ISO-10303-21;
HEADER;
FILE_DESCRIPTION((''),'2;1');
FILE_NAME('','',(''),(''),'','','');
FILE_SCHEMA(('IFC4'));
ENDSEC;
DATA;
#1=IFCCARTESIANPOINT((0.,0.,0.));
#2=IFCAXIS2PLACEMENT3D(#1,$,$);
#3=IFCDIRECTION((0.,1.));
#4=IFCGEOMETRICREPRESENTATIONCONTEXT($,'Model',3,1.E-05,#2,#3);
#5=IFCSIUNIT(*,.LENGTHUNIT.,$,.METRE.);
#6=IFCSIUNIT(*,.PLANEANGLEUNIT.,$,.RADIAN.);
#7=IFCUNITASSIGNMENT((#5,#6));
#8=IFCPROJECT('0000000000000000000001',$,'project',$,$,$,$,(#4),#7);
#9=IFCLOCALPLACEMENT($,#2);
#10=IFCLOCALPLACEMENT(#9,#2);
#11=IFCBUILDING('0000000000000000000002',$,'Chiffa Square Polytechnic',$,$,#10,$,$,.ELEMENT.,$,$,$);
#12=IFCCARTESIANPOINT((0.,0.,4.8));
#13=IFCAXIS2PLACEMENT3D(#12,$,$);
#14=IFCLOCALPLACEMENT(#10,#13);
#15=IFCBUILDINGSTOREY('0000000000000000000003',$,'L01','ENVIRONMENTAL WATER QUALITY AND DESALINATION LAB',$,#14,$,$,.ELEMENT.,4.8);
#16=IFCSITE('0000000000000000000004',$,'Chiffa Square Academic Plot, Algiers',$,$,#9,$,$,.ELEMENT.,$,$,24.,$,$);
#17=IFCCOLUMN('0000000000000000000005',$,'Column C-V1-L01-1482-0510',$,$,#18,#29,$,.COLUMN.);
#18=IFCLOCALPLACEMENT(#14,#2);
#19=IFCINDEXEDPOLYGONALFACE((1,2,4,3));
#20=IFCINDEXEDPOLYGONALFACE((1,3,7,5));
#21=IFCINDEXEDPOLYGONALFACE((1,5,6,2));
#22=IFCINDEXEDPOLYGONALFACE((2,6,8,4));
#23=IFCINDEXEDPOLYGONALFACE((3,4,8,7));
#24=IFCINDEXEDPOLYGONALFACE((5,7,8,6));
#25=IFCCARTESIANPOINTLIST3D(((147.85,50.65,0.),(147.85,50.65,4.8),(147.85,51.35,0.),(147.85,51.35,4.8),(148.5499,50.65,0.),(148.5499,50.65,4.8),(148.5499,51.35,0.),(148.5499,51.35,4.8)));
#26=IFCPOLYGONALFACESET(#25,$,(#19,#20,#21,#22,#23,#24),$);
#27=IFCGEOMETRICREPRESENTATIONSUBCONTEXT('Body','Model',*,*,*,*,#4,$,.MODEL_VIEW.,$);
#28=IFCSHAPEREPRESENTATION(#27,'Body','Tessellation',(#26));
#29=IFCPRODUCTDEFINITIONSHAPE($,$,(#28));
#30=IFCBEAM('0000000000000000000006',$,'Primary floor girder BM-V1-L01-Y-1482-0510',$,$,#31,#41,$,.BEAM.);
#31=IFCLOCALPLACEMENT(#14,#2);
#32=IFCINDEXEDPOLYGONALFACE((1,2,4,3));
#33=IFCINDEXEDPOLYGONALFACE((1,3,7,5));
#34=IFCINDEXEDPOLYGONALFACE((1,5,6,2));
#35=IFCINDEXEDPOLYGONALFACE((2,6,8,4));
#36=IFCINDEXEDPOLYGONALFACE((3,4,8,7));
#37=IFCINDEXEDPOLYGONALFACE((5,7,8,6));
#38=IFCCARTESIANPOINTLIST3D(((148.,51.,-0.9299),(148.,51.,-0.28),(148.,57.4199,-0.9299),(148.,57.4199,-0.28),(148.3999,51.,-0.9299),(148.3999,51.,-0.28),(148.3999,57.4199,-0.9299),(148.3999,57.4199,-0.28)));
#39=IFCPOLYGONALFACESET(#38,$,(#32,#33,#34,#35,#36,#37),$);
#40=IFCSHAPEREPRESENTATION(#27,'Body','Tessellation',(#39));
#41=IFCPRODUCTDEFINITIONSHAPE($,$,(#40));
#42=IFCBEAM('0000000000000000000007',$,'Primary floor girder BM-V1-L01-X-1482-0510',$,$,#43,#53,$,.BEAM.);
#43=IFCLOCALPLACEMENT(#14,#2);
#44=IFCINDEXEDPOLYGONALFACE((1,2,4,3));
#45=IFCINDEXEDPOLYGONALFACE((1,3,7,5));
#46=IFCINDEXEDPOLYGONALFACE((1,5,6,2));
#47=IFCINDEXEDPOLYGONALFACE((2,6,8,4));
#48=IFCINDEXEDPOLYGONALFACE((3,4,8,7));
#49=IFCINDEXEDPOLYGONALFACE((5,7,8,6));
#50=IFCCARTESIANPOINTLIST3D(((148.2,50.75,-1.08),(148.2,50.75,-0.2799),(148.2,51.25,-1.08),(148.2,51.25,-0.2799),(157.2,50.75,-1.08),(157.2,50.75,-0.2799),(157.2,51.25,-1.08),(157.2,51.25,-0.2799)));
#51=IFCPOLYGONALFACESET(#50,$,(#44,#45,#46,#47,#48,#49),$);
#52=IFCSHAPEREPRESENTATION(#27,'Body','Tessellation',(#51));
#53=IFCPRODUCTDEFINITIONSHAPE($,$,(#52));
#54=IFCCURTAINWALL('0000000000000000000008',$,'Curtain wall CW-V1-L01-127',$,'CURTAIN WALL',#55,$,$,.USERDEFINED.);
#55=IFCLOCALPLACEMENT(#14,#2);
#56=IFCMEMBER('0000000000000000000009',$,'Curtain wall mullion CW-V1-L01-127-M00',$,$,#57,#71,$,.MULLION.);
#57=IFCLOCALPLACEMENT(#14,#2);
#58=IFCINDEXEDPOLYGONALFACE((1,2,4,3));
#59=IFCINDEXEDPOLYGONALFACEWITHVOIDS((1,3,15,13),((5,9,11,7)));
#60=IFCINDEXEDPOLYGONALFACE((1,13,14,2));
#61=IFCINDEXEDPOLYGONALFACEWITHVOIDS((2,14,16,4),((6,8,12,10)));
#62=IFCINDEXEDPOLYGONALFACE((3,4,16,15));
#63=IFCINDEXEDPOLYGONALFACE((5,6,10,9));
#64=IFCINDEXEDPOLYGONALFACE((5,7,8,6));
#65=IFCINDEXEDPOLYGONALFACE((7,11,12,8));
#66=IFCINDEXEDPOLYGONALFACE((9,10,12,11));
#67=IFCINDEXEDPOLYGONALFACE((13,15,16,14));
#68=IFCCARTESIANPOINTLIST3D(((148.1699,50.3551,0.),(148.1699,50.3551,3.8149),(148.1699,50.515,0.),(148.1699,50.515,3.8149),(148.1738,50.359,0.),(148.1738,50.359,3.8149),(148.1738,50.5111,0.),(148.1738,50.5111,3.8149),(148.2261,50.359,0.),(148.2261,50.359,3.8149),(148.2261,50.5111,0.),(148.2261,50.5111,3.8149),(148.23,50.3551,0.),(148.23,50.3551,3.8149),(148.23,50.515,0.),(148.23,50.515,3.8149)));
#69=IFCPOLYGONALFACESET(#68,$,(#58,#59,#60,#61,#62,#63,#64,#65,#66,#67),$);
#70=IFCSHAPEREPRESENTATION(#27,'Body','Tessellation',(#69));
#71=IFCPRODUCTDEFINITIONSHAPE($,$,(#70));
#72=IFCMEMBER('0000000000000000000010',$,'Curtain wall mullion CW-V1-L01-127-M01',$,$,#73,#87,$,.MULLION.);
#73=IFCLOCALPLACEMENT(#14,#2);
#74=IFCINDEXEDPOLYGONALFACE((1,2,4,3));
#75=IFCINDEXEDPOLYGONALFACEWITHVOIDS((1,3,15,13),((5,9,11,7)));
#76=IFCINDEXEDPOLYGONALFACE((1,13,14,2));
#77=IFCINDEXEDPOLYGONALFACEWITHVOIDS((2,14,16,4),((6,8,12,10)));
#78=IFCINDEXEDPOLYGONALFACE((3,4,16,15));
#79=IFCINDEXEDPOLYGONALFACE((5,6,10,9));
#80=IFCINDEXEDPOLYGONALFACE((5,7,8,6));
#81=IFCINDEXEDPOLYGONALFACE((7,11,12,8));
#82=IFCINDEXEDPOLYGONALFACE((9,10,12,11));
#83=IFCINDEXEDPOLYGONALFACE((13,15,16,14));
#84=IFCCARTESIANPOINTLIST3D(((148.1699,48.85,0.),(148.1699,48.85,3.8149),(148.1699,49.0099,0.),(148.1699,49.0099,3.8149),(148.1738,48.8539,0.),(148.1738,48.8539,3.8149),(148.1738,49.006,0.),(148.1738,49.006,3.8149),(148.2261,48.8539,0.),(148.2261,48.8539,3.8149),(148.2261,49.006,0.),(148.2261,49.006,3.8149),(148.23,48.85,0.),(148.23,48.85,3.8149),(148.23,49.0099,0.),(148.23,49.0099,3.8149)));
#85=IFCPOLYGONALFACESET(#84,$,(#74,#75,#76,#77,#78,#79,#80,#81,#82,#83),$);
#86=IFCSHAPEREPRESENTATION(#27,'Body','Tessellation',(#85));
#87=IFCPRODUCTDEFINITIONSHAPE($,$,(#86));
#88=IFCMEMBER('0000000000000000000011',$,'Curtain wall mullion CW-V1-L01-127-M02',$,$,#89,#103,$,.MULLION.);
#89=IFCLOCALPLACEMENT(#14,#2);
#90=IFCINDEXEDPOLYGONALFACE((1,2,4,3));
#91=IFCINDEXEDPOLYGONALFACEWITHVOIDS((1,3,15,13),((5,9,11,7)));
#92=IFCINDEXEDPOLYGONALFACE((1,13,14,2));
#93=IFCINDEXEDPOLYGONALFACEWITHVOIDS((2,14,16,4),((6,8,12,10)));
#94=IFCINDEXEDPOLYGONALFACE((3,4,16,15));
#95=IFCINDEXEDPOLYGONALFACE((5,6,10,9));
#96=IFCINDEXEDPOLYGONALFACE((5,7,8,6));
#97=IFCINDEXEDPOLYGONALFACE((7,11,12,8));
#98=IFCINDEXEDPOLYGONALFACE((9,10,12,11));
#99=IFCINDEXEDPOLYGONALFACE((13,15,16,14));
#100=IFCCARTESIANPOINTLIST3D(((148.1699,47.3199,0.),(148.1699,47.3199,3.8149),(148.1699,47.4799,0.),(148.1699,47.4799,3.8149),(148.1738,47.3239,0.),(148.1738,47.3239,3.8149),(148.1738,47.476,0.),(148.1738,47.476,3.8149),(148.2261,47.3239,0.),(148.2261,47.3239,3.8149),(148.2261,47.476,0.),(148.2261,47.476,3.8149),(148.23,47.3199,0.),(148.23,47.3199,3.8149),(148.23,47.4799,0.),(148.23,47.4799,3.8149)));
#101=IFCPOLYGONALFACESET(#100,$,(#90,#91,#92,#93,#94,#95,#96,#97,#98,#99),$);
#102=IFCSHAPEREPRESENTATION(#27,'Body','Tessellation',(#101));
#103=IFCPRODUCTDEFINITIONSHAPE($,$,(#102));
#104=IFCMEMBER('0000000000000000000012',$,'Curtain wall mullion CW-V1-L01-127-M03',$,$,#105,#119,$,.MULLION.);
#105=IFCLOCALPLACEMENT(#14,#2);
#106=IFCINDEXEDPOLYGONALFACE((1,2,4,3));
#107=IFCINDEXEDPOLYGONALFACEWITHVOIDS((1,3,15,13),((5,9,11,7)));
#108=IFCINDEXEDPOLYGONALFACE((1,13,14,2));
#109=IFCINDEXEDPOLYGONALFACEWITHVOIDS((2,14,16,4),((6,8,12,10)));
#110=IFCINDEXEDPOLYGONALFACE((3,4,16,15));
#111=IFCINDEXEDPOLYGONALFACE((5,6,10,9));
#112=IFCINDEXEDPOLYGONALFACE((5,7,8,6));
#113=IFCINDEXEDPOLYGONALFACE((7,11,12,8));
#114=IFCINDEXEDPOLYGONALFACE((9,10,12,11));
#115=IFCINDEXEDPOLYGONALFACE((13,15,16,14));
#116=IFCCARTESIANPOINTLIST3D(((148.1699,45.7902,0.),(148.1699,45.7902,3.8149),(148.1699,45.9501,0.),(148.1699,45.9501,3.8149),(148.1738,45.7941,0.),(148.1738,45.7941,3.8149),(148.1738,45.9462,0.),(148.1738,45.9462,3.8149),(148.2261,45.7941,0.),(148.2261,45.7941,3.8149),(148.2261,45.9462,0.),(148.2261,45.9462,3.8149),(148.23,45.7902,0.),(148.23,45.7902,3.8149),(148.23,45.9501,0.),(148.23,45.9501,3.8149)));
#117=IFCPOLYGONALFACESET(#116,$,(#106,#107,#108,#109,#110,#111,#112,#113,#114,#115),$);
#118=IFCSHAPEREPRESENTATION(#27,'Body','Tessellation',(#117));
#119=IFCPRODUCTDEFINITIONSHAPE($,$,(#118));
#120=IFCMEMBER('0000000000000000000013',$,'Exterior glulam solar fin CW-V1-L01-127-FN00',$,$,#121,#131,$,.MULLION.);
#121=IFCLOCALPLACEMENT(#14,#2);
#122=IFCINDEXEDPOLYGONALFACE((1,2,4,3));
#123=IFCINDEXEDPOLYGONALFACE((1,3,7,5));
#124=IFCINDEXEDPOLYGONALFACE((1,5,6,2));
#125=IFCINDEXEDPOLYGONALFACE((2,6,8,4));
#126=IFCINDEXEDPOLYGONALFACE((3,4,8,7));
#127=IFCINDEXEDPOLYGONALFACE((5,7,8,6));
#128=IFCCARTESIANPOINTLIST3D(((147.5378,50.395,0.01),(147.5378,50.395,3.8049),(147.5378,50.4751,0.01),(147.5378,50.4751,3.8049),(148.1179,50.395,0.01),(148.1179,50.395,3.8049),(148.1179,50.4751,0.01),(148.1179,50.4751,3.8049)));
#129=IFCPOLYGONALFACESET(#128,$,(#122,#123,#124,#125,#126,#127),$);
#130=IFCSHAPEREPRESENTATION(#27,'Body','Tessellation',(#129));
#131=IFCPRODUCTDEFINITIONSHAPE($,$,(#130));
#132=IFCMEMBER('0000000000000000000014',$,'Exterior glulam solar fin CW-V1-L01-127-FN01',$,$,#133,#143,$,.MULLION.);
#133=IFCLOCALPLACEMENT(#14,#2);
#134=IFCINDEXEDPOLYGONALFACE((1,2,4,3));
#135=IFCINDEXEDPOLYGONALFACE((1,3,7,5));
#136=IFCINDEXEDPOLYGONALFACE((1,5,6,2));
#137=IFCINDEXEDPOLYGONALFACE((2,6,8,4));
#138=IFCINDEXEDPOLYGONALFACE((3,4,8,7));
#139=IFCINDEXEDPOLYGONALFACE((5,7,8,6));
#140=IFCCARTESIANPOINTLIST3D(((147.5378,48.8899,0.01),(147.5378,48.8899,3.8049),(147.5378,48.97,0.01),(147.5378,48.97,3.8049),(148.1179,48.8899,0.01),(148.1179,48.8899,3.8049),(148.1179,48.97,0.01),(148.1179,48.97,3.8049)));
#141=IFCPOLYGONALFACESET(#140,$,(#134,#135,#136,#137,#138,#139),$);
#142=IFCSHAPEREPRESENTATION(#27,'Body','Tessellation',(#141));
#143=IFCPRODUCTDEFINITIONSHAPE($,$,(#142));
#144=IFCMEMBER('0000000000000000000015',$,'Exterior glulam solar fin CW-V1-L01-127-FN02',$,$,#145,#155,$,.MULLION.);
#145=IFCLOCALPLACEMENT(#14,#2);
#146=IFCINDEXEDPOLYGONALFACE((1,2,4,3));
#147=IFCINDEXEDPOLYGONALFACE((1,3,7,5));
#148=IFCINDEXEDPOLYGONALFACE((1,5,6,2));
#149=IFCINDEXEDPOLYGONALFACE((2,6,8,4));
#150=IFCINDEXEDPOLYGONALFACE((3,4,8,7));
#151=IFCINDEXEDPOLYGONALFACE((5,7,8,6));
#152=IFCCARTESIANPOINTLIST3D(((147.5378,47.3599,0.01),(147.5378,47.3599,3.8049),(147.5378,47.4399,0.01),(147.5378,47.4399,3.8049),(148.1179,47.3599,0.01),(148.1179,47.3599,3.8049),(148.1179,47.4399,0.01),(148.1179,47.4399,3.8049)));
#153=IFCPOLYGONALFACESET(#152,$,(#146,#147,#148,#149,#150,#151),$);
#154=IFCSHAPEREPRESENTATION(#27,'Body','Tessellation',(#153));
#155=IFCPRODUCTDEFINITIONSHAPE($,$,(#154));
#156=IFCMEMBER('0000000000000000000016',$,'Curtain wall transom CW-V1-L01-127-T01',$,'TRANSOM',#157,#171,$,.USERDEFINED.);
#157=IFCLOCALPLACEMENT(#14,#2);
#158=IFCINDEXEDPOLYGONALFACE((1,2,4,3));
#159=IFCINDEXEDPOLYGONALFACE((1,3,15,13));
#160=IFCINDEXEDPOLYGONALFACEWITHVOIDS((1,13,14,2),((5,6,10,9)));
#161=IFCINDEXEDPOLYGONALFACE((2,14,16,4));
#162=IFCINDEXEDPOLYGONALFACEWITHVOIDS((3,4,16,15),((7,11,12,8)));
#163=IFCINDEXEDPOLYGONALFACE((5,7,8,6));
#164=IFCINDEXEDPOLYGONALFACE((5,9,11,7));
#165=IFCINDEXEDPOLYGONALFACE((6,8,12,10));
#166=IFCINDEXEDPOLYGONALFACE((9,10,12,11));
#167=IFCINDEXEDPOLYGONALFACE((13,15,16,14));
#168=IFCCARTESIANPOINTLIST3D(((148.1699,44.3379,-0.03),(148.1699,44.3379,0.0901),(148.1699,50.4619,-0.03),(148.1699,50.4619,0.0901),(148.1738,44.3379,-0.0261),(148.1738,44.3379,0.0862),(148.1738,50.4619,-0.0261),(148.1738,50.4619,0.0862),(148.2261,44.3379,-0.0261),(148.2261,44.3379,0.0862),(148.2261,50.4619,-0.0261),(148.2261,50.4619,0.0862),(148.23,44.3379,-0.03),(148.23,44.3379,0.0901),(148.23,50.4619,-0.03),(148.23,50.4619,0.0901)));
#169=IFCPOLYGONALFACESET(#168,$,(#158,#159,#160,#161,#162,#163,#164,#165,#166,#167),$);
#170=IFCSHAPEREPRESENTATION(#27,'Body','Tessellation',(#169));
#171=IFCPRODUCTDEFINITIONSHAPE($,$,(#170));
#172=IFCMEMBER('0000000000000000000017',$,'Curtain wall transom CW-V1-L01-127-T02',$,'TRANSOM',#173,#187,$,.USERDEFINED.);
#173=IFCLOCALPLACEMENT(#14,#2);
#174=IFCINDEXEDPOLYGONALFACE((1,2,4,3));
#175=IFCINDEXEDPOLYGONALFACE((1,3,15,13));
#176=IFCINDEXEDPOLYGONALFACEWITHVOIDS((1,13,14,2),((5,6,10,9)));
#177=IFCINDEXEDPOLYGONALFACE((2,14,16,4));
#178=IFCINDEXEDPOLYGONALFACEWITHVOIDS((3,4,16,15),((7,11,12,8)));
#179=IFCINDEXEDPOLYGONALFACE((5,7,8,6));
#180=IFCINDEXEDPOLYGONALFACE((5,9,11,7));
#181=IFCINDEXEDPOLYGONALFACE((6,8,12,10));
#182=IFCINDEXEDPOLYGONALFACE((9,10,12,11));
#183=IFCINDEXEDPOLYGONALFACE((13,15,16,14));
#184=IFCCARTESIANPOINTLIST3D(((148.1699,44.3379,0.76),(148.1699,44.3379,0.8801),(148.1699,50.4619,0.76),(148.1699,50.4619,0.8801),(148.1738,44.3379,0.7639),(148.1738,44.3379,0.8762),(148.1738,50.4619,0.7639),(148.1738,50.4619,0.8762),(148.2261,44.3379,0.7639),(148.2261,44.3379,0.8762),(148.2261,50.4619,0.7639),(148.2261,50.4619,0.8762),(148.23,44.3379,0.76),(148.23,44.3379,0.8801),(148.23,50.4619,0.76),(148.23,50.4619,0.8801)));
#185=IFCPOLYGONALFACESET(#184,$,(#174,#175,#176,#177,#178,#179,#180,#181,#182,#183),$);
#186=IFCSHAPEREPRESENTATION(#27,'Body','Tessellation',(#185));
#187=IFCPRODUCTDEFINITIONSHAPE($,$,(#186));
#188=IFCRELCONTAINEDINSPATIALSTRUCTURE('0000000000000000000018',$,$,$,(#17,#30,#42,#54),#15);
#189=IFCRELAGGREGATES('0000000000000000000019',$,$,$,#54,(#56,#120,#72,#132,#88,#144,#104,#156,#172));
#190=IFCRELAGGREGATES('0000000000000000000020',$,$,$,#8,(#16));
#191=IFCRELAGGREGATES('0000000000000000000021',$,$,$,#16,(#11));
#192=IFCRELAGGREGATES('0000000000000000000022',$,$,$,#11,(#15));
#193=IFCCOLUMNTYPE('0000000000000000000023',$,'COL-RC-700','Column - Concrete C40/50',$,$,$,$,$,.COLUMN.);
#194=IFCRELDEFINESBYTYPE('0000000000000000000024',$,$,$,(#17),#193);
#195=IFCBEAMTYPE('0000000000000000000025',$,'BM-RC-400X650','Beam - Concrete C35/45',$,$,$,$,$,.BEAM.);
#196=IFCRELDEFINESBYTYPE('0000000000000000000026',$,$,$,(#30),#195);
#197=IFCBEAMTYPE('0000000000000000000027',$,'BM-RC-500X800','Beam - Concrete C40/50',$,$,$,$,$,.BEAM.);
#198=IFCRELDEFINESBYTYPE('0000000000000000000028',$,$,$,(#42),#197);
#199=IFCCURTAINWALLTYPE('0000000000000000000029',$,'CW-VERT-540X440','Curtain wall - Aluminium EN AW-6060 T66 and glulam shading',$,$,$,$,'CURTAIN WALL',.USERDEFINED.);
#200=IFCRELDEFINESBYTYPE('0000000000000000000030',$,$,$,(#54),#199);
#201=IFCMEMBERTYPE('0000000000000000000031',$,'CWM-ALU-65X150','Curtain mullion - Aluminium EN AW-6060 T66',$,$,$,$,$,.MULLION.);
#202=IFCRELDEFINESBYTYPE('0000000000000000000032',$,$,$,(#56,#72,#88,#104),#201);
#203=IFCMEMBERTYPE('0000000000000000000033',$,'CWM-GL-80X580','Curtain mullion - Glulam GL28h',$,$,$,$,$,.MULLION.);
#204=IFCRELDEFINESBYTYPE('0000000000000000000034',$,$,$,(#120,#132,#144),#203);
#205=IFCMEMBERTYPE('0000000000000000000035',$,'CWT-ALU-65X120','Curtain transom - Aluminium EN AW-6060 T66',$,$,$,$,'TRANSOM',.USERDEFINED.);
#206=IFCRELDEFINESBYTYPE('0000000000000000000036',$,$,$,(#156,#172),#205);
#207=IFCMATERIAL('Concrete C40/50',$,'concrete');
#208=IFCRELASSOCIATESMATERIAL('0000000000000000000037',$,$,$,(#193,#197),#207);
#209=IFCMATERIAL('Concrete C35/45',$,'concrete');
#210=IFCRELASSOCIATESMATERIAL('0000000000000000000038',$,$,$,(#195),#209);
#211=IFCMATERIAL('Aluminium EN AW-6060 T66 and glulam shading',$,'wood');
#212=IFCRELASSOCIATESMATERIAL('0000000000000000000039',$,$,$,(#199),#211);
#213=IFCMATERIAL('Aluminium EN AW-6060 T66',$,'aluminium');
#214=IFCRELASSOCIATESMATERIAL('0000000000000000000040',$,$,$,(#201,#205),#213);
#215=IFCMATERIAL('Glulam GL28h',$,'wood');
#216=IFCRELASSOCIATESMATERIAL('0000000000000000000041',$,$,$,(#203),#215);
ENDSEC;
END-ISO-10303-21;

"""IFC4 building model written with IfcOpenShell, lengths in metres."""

from ifc_helpers import new_model, si_unit, direction, frame, origin, origin_2d, place, context, subcontext, project, spatial, rectangle, hollow_rectangle, extrude, material, material_profile, profile_set, type_object, element, aggregate, save


model = new_model("IFC4")

# Units and contexts
model_context = context("Model", 3, precision=1e-05, world=origin(), true_north=direction((0.0, 1.0)))
body_context = subcontext(model_context, "Body", "Model", "MODEL_VIEW")
ifc_project = project(units=[si_unit("LENGTHUNIT", "METRE"), si_unit("PLANEANGLEUNIT", "RADIAN")], contexts=[model_context])

# Site, building, storey
site_placement = place(None, origin())
site = spatial("IfcSite", under=ifc_project, at=site_placement, Name="Chiffa Square Academic Plot, Algiers", CompositionType="ELEMENT", RefElevation=24.0)
building_placement = place(site_placement, origin())
building = spatial("IfcBuilding", under=site, at=building_placement, Name="Chiffa Square Polytechnic", CompositionType="ELEMENT")
storey_placement = place(building_placement, frame((0.0, 0.0, 4.8)))
storey = spatial("IfcBuildingStorey", under=building, at=storey_placement, Name="L01", Description="ENVIRONMENTAL WATER QUALITY AND DESALINATION LAB", CompositionType="ELEMENT", Elevation=4.8)

# Column
ifc_material_1 = material(Name="Concrete C40/50", Category="concrete")
ifc_material_profile_1 = material_profile(ifc_material_1, rectangle(XDim=0.7, YDim=0.7, at=origin_2d()), Name="RC 700x700")
ifc_profile_set_1 = profile_set([ifc_material_profile_1], Name="Concrete C40/50")
column_type = type_object("IfcColumnType", Name="COL-RC-700", Description="Column - Concrete C40/50", PredefinedType="COLUMN", material=ifc_profile_set_1)
column_placement = place(storey_placement, frame((148.2, 51.0, 0.0), z_axis=(0.0, 0.0, 1.0), x_axis=(1.0, 0.0, 0.0)))
element("IfcColumn", 1, at=column_placement, inside=storey, type_object=column_type, Name="Column C-V1-L01-1482-0510", PredefinedType="COLUMN", context=body_context, shape_type="SweptSolid", body=[
    extrude(rectangle(XDim=0.7, YDim=0.7, at=origin_2d()), origin(), (0.0, 0.0, 1.0), 4.8),
])

# Beams
ifc_material_2 = material(Name="Concrete C35/45", Category="concrete")
ifc_material_profile_2 = material_profile(ifc_material_2, rectangle(XDim=0.3999, YDim=0.6499, at=origin_2d()), Name="RC 400x650")
ifc_profile_set_2 = profile_set([ifc_material_profile_2], Name="Concrete C35/45")
beam_type_1 = type_object("IfcBeamType", Name="BM-RC-400X650", Description="Beam - Concrete C35/45", PredefinedType="BEAM", material=ifc_profile_set_2)
beam_1_placement = place(storey_placement, frame((148.2, 51.0, -0.605), z_axis=(0.0, 1.0, 0.0), x_axis=(-1.0, 0.0, 0.0)))
element("IfcBeam", 2, at=beam_1_placement, inside=storey, type_object=beam_type_1, Name="Primary floor girder BM-V1-L01-Y-1482-0510", PredefinedType="BEAM", context=body_context, shape_type="SweptSolid", body=[
    extrude(rectangle(XDim=0.3999, YDim=0.6499, at=origin_2d()), origin(), (0.0, 0.0, 1.0), 6.4199),
])
ifc_material_profile_3 = material_profile(ifc_material_1, rectangle(XDim=0.5, YDim=0.8, at=origin_2d()), Name="RC 500x800")
ifc_profile_set_3 = profile_set([ifc_material_profile_3], Name="Concrete C40/50")
beam_type_2 = type_object("IfcBeamType", Name="BM-RC-500X800", Description="Beam - Concrete C40/50", PredefinedType="BEAM", material=ifc_profile_set_3)
beam_2_placement = place(storey_placement, frame((148.2, 51.0, -0.6799), z_axis=(1.0, 0.0, 0.0), x_axis=(0.0, 1.0, 0.0)))
element("IfcBeam", 3, at=beam_2_placement, inside=storey, type_object=beam_type_2, Name="Primary floor girder BM-V1-L01-X-1482-0510", PredefinedType="BEAM", context=body_context, shape_type="SweptSolid", body=[
    extrude(rectangle(XDim=0.5, YDim=0.8, at=origin_2d()), origin(), (0.0, 0.0, 1.0), 9.0),
])

# Curtain wall, members
ifc_material_3 = material(Name="Aluminium EN AW-6060 T66 and glulam shading", Category="wood")
curtain_wall_type = type_object("IfcCurtainWallType", Name="CW-VERT-540X440", Description="Curtain wall - Aluminium EN AW-6060 T66 and glulam shading", ElementType="CURTAIN WALL", PredefinedType="USERDEFINED", material=ifc_material_3)
curtain_wall_placement = place(storey_placement, origin())
curtain_wall = element("IfcCurtainWall", 4, at=curtain_wall_placement, inside=storey, type_object=curtain_wall_type, Name="Curtain wall CW-V1-L01-127", ObjectType="CURTAIN WALL", PredefinedType="USERDEFINED")
ifc_material_4 = material(Name="Aluminium EN AW-6060 T66", Category="aluminium")
ifc_material_profile_4 = material_profile(ifc_material_4, hollow_rectangle(XDim=0.0601, YDim=0.1599, WallThickness=0.0039, at=origin_2d()), Name="ALU 60x160x4")
ifc_profile_set_4 = profile_set([ifc_material_profile_4], Name="Aluminium EN AW-6060 T66")
member_type_1 = type_object("IfcMemberType", Name="CWM-ALU-65X150", Description="Curtain mullion - Aluminium EN AW-6060 T66", PredefinedType="MULLION", material=ifc_profile_set_4)
member_1_placement = place(storey_placement, frame((148.2, 50.4351, 0.0), z_axis=(0.0, 0.0, 1.0), x_axis=(1.0, 0.0, 0.0)))
member_1 = element("IfcMember", 5, at=member_1_placement, type_object=member_type_1, Name="Curtain wall mullion CW-V1-L01-127-M00", PredefinedType="MULLION", context=body_context, shape_type="SweptSolid", body=[
    extrude(hollow_rectangle(XDim=0.0601, YDim=0.1599, WallThickness=0.0039, at=origin_2d()), origin(), (0.0, 0.0, 1.0), 3.8149),
])
member_2_placement = place(storey_placement, frame((148.2, 48.9299, 0.0), z_axis=(0.0, 0.0, 1.0), x_axis=(1.0, 0.0, 0.0)))
member_2 = element("IfcMember", 6, at=member_2_placement, type_object=member_type_1, Name="Curtain wall mullion CW-V1-L01-127-M01", PredefinedType="MULLION", context=body_context, shape_type="SweptSolid", body=[
    extrude(hollow_rectangle(XDim=0.0601, YDim=0.1599, WallThickness=0.0039, at=origin_2d()), origin(), (0.0, 0.0, 1.0), 3.8149),
])
member_3_placement = place(storey_placement, frame((148.2, 47.3999, 0.0), z_axis=(0.0, 0.0, 1.0), x_axis=(1.0, 0.0, 0.0)))
member_3 = element("IfcMember", 7, at=member_3_placement, type_object=member_type_1, Name="Curtain wall mullion CW-V1-L01-127-M02", PredefinedType="MULLION", context=body_context, shape_type="SweptSolid", body=[
    extrude(hollow_rectangle(XDim=0.0601, YDim=0.1599, WallThickness=0.0039, at=origin_2d()), origin(), (0.0, 0.0, 1.0), 3.8149),
])
member_4_placement = place(storey_placement, frame((148.2, 45.8701, 0.0), z_axis=(0.0, 0.0, 1.0), x_axis=(1.0, 0.0, 0.0)))
member_4 = element("IfcMember", 8, at=member_4_placement, type_object=member_type_1, Name="Curtain wall mullion CW-V1-L01-127-M03", PredefinedType="MULLION", context=body_context, shape_type="SweptSolid", body=[
    extrude(hollow_rectangle(XDim=0.0601, YDim=0.1599, WallThickness=0.0039, at=origin_2d()), origin(), (0.0, 0.0, 1.0), 3.8149),
])
ifc_material_5 = material(Name="Glulam GL28h", Category="wood")
ifc_material_profile_5 = material_profile(ifc_material_5, rectangle(XDim=0.0801, YDim=0.5801, at=origin_2d()), Name="GL28h 80x580")
ifc_profile_set_5 = profile_set([ifc_material_profile_5], Name="Glulam GL28h")
member_type_2 = type_object("IfcMemberType", Name="CWM-GL-80X580", Description="Curtain mullion - Glulam GL28h", PredefinedType="MULLION", material=ifc_profile_set_5)
member_5_placement = place(storey_placement, frame((147.8279, 50.4351, 0.01), z_axis=(0.0, 0.0, 1.0), x_axis=(0.0, -1.0, 0.0)))
member_5 = element("IfcMember", 9, at=member_5_placement, type_object=member_type_2, Name="Exterior glulam solar fin CW-V1-L01-127-FN00", PredefinedType="MULLION", context=body_context, shape_type="SweptSolid", body=[
    extrude(rectangle(XDim=0.0801, YDim=0.5801, at=origin_2d()), origin(), (0.0, 0.0, 1.0), 3.7949),
])
member_6_placement = place(storey_placement, frame((147.8279, 48.9299, 0.01), z_axis=(0.0, 0.0, 1.0), x_axis=(0.0, -1.0, 0.0)))
member_6 = element("IfcMember", 10, at=member_6_placement, type_object=member_type_2, Name="Exterior glulam solar fin CW-V1-L01-127-FN01", PredefinedType="MULLION", context=body_context, shape_type="SweptSolid", body=[
    extrude(rectangle(XDim=0.0801, YDim=0.5801, at=origin_2d()), origin(), (0.0, 0.0, 1.0), 3.7949),
])
member_7_placement = place(storey_placement, frame((147.8279, 47.3999, 0.01), z_axis=(0.0, 0.0, 1.0), x_axis=(0.0, -1.0, 0.0)))
member_7 = element("IfcMember", 11, at=member_7_placement, type_object=member_type_2, Name="Exterior glulam solar fin CW-V1-L01-127-FN02", PredefinedType="MULLION", context=body_context, shape_type="SweptSolid", body=[
    extrude(rectangle(XDim=0.0801, YDim=0.5801, at=origin_2d()), origin(), (0.0, 0.0, 1.0), 3.7949),
])
ifc_material_profile_6 = material_profile(ifc_material_4, hollow_rectangle(XDim=0.0601, YDim=0.1201, WallThickness=0.0039, at=origin_2d()), Name="ALU 60x120x4")
ifc_profile_set_6 = profile_set([ifc_material_profile_6], Name="Aluminium EN AW-6060 T66")
member_type_3 = type_object("IfcMemberType", Name="CWT-ALU-65X120", Description="Curtain transom - Aluminium EN AW-6060 T66", ElementType="TRANSOM", PredefinedType="USERDEFINED", material=ifc_profile_set_6)
member_8_placement = place(storey_placement, frame((148.2, 50.4619, 0.03), z_axis=(0.0, -1.0, 0.0), x_axis=(1.0, 0.0, 0.0)))
member_8 = element("IfcMember", 12, at=member_8_placement, type_object=member_type_3, Name="Curtain wall transom CW-V1-L01-127-T01", ObjectType="TRANSOM", PredefinedType="USERDEFINED", context=body_context, shape_type="SweptSolid", body=[
    extrude(hollow_rectangle(XDim=0.0601, YDim=0.1201, WallThickness=0.0039, at=origin_2d()), origin(), (0.0, 0.0, 1.0), 6.124),
])
member_9_placement = place(storey_placement, frame((148.2, 50.4619, 0.8201), z_axis=(0.0, -1.0, 0.0), x_axis=(1.0, 0.0, 0.0)))
member_9 = element("IfcMember", 13, at=member_9_placement, type_object=member_type_3, Name="Curtain wall transom CW-V1-L01-127-T02", ObjectType="TRANSOM", PredefinedType="USERDEFINED", context=body_context, shape_type="SweptSolid", body=[
    extrude(hollow_rectangle(XDim=0.0601, YDim=0.1201, WallThickness=0.0039, at=origin_2d()), origin(), (0.0, 0.0, 1.0), 6.124),
])

aggregate(curtain_wall, [member_1, member_5, member_2, member_6, member_3, member_7, member_4, member_8, member_9])

save(model, "model.ifc")
